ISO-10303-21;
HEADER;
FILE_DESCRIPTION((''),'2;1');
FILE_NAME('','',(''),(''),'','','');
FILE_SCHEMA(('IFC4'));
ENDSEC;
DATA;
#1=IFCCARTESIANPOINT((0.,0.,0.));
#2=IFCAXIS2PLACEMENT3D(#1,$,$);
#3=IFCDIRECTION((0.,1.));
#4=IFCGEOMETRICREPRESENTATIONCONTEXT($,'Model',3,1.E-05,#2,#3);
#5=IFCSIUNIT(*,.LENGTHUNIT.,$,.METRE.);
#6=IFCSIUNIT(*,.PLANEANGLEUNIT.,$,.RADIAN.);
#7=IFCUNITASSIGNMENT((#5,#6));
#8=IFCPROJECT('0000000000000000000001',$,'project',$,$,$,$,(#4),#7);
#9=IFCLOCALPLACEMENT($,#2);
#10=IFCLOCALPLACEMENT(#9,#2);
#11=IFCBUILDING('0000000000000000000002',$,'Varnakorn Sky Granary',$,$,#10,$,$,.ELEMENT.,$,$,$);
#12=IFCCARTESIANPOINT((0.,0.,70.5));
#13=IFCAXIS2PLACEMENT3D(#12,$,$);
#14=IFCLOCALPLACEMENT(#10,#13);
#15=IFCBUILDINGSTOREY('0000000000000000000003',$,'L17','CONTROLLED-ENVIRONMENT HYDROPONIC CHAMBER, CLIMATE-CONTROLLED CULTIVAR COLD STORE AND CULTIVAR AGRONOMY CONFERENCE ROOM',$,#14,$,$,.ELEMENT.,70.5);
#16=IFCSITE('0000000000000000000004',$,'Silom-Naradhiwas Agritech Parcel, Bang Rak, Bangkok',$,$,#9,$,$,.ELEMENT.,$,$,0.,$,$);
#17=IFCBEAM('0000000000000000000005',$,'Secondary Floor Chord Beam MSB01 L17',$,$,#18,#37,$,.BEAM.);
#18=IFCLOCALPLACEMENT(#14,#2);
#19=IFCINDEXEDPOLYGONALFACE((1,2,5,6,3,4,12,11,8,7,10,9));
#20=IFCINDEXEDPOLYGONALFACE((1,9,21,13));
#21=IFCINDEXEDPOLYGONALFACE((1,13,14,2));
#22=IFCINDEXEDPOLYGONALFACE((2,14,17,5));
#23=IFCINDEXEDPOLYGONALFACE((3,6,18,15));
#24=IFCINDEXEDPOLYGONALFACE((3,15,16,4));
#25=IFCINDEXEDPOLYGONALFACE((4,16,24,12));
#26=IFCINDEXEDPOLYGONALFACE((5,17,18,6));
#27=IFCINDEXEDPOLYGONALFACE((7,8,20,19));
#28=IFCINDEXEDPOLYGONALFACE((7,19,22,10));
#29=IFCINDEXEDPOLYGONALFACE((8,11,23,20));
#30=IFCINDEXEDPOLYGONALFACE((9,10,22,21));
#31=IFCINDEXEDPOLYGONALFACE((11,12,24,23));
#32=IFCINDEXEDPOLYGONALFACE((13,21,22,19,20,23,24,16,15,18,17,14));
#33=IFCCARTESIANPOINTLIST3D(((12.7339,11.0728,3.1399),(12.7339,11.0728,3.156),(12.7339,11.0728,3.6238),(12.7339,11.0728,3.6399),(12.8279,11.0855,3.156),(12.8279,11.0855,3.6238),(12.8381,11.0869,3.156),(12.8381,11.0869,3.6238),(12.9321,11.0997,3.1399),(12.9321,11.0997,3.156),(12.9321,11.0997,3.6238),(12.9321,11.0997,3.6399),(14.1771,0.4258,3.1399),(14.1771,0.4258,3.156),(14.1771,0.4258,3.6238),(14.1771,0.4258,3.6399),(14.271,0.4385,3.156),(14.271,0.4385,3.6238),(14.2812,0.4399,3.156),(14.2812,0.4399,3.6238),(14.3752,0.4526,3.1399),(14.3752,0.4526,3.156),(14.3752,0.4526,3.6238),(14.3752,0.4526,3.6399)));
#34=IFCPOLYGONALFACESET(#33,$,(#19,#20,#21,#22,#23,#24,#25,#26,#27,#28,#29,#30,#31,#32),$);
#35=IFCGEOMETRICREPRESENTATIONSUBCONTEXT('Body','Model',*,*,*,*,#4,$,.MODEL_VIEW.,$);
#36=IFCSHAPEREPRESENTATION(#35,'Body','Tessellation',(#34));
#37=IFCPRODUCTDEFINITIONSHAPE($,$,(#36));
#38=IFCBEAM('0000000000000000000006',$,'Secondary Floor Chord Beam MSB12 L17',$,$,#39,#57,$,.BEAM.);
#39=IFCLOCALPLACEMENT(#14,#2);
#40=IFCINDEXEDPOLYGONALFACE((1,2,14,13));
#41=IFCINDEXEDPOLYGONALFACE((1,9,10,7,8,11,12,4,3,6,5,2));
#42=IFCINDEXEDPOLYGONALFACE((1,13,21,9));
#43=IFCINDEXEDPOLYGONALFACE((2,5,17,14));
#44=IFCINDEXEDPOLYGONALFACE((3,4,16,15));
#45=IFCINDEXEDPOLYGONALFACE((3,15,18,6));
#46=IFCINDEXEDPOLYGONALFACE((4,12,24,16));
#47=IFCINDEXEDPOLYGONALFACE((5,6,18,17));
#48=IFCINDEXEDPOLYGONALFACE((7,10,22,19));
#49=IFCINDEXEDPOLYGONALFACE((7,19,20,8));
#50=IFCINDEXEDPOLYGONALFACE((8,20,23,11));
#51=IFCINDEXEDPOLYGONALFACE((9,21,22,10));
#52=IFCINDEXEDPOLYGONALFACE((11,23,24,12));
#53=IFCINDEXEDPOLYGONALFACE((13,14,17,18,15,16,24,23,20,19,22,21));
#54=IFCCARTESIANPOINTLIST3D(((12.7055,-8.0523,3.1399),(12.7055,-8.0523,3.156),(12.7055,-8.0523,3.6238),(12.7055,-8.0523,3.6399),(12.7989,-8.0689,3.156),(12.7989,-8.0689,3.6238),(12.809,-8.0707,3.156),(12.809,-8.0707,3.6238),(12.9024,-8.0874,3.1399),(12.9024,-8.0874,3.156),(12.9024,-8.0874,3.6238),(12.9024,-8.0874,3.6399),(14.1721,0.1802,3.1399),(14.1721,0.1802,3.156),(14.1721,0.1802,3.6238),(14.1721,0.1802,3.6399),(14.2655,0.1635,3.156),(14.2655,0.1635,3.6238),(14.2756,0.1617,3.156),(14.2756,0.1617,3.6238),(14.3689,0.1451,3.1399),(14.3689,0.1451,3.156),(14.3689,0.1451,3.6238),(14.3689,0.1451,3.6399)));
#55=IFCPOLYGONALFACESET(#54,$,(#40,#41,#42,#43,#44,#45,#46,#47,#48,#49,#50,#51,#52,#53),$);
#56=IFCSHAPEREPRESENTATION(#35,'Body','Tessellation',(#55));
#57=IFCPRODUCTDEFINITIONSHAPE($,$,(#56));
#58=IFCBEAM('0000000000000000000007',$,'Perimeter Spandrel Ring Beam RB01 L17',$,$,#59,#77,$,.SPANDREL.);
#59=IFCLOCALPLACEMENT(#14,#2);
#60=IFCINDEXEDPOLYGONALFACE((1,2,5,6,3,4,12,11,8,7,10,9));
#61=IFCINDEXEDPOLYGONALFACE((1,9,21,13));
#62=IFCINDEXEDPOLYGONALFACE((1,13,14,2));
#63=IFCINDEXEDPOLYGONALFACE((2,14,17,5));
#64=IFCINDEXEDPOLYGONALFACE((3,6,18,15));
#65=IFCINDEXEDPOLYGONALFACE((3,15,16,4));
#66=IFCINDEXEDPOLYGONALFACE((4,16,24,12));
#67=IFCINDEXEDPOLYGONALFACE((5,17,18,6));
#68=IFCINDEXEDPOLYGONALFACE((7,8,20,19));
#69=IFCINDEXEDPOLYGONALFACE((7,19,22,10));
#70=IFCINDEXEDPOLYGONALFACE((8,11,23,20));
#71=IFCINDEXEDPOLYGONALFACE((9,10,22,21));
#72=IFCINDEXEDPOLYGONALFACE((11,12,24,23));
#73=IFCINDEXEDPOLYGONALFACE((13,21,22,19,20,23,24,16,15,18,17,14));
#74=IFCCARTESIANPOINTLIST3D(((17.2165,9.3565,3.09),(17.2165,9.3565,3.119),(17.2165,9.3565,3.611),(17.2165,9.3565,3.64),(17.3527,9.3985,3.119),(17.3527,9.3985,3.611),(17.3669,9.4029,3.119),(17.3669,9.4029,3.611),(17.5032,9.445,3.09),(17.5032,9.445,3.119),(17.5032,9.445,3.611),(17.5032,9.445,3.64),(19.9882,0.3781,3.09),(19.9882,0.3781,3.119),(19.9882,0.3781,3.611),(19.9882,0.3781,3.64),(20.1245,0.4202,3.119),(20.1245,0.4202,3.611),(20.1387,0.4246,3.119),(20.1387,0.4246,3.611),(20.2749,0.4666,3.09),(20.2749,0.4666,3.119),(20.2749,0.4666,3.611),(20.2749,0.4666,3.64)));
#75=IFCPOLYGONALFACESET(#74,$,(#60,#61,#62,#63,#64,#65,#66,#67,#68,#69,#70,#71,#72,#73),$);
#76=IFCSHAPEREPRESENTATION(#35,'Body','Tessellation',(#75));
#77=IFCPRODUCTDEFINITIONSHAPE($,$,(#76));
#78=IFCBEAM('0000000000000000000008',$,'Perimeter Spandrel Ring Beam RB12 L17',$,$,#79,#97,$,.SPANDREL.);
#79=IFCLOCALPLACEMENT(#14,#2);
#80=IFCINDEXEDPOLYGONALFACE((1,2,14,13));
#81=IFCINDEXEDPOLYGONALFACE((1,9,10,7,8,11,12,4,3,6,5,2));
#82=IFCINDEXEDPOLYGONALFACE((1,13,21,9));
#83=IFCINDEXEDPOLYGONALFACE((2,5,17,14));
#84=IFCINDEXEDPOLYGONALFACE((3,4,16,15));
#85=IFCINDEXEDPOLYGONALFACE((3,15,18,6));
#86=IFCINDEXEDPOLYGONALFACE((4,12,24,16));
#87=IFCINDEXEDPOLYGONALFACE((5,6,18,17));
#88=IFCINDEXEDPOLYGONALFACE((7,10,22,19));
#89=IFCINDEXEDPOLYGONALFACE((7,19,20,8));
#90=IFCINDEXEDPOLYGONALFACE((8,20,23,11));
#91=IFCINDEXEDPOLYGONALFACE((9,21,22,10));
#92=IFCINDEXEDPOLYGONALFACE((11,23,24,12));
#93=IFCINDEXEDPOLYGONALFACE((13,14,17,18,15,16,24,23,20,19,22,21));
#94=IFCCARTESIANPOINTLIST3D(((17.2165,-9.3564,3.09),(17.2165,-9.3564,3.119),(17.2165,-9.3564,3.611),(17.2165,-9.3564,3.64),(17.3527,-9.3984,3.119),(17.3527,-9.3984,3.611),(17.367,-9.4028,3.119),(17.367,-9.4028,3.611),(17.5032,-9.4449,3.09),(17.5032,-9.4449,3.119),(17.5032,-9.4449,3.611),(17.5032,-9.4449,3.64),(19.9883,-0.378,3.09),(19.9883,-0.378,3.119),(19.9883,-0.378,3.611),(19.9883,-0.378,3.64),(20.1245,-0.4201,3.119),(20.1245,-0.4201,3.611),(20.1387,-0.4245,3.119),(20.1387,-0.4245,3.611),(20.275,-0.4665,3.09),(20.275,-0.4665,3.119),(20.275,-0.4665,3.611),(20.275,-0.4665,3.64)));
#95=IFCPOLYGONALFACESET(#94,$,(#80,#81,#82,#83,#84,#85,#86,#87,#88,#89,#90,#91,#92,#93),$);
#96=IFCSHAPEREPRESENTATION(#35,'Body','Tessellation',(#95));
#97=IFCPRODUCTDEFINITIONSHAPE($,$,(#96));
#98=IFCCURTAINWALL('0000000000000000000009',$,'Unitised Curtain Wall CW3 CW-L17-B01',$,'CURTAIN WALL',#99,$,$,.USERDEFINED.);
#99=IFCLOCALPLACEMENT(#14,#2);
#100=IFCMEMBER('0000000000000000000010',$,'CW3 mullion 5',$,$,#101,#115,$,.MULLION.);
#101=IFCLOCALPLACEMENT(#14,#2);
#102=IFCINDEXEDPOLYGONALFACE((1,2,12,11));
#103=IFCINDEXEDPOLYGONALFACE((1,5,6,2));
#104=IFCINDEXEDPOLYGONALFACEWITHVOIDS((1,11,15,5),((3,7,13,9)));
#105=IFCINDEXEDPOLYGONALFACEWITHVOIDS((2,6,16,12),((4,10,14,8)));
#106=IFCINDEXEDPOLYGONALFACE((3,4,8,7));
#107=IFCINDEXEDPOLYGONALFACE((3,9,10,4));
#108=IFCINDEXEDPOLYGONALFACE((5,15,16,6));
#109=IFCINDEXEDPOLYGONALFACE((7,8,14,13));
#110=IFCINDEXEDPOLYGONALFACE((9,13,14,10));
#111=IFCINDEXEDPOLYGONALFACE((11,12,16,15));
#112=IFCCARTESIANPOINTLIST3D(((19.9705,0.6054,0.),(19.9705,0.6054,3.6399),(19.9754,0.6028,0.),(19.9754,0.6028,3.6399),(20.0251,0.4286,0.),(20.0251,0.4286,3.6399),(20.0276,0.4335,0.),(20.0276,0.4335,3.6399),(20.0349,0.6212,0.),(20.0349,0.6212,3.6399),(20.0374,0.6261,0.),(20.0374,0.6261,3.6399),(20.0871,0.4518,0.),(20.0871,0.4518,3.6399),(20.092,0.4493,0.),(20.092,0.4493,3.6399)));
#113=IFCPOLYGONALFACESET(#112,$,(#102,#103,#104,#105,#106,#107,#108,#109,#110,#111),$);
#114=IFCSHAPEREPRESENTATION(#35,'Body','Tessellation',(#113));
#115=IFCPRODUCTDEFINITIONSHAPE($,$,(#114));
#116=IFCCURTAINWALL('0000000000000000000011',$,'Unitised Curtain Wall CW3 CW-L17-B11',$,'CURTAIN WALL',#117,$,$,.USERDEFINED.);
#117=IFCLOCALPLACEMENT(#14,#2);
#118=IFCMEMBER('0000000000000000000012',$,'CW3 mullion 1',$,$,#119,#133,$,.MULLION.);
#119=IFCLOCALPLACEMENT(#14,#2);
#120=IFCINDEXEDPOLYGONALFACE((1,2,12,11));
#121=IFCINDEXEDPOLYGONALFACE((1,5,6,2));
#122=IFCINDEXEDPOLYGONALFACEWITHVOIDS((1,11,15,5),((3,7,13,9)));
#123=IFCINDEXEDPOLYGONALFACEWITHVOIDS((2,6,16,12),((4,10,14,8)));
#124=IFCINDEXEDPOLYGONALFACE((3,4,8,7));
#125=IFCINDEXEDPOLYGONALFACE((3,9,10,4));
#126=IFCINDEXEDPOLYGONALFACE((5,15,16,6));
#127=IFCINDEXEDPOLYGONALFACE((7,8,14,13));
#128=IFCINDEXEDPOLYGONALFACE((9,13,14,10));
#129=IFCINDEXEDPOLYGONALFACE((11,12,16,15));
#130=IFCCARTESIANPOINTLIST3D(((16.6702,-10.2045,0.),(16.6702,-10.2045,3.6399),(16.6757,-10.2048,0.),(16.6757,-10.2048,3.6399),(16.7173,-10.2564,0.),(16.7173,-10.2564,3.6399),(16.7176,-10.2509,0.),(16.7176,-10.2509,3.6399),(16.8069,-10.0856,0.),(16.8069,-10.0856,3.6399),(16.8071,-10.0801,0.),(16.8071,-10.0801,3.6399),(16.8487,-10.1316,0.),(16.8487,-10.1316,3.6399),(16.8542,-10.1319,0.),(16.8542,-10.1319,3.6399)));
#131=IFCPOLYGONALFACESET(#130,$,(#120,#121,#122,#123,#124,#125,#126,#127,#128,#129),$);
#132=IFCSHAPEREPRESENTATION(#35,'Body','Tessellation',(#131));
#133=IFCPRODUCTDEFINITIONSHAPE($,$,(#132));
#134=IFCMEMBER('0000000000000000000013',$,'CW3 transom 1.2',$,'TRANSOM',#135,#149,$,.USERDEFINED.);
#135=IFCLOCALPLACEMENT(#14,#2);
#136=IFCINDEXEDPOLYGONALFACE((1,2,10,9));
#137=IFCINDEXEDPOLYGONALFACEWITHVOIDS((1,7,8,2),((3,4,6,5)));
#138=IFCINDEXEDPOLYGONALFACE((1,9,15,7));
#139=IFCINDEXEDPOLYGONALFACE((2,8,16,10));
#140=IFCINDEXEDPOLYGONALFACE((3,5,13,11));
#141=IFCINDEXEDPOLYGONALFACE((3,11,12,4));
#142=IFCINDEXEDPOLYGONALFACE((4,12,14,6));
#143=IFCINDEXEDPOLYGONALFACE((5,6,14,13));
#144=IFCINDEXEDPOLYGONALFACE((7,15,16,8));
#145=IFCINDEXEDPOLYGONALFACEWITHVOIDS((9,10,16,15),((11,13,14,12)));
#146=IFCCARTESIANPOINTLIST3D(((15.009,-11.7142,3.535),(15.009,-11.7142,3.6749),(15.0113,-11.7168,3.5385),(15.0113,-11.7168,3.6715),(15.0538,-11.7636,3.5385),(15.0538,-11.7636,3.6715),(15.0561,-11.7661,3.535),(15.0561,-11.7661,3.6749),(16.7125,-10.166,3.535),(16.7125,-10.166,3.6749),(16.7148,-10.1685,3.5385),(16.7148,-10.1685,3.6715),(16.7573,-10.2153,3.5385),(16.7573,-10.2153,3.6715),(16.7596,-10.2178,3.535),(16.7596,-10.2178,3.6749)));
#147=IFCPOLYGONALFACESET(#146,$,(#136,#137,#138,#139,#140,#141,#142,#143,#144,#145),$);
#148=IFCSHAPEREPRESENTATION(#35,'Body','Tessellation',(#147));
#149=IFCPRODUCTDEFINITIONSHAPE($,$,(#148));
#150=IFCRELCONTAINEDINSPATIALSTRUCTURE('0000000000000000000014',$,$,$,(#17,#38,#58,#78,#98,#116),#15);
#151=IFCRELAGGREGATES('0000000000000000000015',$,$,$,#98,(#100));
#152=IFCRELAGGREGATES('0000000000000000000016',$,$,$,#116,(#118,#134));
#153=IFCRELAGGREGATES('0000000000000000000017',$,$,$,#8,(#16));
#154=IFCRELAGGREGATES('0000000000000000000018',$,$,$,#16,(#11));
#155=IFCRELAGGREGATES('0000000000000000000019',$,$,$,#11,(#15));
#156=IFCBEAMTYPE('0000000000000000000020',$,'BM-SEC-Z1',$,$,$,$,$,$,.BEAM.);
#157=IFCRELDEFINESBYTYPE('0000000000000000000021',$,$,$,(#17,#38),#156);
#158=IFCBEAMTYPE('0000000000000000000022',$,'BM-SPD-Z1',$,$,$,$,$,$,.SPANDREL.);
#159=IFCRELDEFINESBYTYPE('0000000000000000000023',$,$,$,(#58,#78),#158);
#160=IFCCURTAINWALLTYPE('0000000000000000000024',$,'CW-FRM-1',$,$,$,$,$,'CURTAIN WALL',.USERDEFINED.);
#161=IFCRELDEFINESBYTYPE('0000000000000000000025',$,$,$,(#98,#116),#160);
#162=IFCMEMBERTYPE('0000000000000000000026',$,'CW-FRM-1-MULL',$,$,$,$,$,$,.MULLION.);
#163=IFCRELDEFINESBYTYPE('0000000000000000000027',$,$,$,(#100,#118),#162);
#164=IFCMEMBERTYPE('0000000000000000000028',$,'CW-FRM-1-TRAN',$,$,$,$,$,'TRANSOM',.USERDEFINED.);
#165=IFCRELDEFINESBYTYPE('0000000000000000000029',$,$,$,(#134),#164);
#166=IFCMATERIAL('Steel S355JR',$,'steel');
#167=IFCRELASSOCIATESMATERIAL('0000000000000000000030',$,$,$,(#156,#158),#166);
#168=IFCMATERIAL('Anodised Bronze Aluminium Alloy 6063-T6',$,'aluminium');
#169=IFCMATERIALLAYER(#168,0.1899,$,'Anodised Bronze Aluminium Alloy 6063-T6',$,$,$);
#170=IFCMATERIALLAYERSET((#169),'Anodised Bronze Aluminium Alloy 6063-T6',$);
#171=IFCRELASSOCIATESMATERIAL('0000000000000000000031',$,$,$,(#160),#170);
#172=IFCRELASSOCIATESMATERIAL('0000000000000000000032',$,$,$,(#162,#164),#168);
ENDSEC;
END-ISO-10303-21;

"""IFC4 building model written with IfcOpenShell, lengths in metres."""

from ifc_helpers import new_model, si_unit, direction, frame, origin, origin_2d, place, context, subcontext, project, spatial, hollow_rectangle, i_section, extrude, material, layer, layer_set, material_profile, profile_set, type_object, element, aggregate, save


model = new_model("IFC4")

# Units and contexts
model_context = context("Model", 3, precision=1e-05, world=origin(), true_north=direction((0.0, 1.0)))
body_context = subcontext(model_context, "Body", "Model", "MODEL_VIEW")
ifc_project = project(units=[si_unit("LENGTHUNIT", "METRE"), si_unit("PLANEANGLEUNIT", "RADIAN")], contexts=[model_context])

# Site, building, storey
site_placement = place(None, origin())
site = spatial("IfcSite", under=ifc_project, at=site_placement, Name="Silom-Naradhiwas Agritech Parcel, Bang Rak, Bangkok", CompositionType="ELEMENT", RefElevation=0.0)
building_placement = place(site_placement, origin())
building = spatial("IfcBuilding", under=site, at=building_placement, Name="Varnakorn Sky Granary", CompositionType="ELEMENT")
storey_placement = place(building_placement, frame((0.0, 0.0, 70.5)))
storey = spatial("IfcBuildingStorey", under=building, at=storey_placement, Name="L17", Description="CONTROLLED-ENVIRONMENT HYDROPONIC CHAMBER, CLIMATE-CONTROLLED CULTIVAR COLD STORE AND CULTIVAR AGRONOMY CONFERENCE ROOM", CompositionType="ELEMENT", Elevation=70.5)

# Beams
ifc_material_1 = material(Name="Steel S355JR", Category="steel")
ifc_material_profile_1 = material_profile(ifc_material_1, i_section(OverallWidth=0.2, OverallDepth=0.5, WebThickness=0.0103, FlangeThickness=0.0161, at=origin_2d()), Name="IPE 500")
ifc_profile_set_1 = profile_set([ifc_material_profile_1], Name="Steel S355JR")
beam_type_1 = type_object("IfcBeamType", Name="BM-SEC-Z1", PredefinedType="BEAM", material=ifc_profile_set_1)
beam_1_placement = place(storey_placement, frame((14.2761, 0.4392, 3.3899), z_axis=(-0.134314, 0.990939, 0.0), x_axis=(-0.990939, -0.134314, 0.0)))
element("IfcBeam", 1, at=beam_1_placement, inside=storey, type_object=beam_type_1, Name="Secondary Floor Chord Beam MSB01 L17", PredefinedType="BEAM", context=body_context, shape_type="SweptSolid", body=[
    extrude(i_section(OverallWidth=0.2, OverallDepth=0.5, WebThickness=0.0103, FlangeThickness=0.0161, at=origin_2d()), origin(), (0.0, 0.0, 1.0), 10.7444),
])
beam_2_placement = place(storey_placement, frame((12.804, -8.0698, 3.3899), z_axis=(0.175382, 0.9845, 0.0), x_axis=(-0.9845, 0.175382, 0.0)))
element("IfcBeam", 2, at=beam_2_placement, inside=storey, type_object=beam_type_1, Name="Secondary Floor Chord Beam MSB12 L17", PredefinedType="BEAM", context=body_context, shape_type="SweptSolid", body=[
    extrude(i_section(OverallWidth=0.2, OverallDepth=0.5, WebThickness=0.0103, FlangeThickness=0.0161, at=origin_2d()), origin(), (0.0, 0.0, 1.0), 8.3621),
])
ifc_material_profile_2 = material_profile(ifc_material_1, i_section(OverallWidth=0.3, OverallDepth=0.55, WebThickness=0.0149, FlangeThickness=0.0291, at=origin_2d()), Name="HE 550 B")
ifc_profile_set_2 = profile_set([ifc_material_profile_2], Name="Steel S355JR")
beam_type_2 = type_object("IfcBeamType", Name="BM-SPD-Z1", PredefinedType="SPANDREL", material=ifc_profile_set_2)
for number, where, z_axis, x_axis, name in (
    (3, (20.1316, 0.4224, 3.365), (-0.294979, 0.955504, 0.0), (-0.955504, -0.294979, 0.0), "Perimeter Spandrel Ring Beam RB01 L17"),
    (4, (17.3599, -9.4006, 3.365), (0.294979, 0.955504, 0.0), (-0.955504, 0.294979, 0.0), "Perimeter Spandrel Ring Beam RB12 L17"),
):
    element("IfcBeam", number, at=place(storey_placement, frame(where, z_axis=z_axis, x_axis=x_axis)), inside=storey, type_object=beam_type_2, Name=name, PredefinedType="SPANDREL", context=body_context, shape_type="SweptSolid", body=[
        extrude(i_section(OverallWidth=0.3, OverallDepth=0.55, WebThickness=0.0149, FlangeThickness=0.0291, at=origin_2d()), origin(), (0.0, 0.0, 1.0), 9.3965),
    ])

# Curtain wall, member
ifc_material_2 = material(Name="Anodised Bronze Aluminium Alloy 6063-T6", Category="aluminium")
ifc_layer_1 = layer(ifc_material_2, 0.1899, Name="Anodised Bronze Aluminium Alloy 6063-T6")
ifc_layer_set_1 = layer_set([ifc_layer_1], Name="Anodised Bronze Aluminium Alloy 6063-T6")
curtain_wall_type = type_object("IfcCurtainWallType", Name="CW-FRM-1", ElementType="CURTAIN WALL", PredefinedType="USERDEFINED", material=ifc_layer_set_1)
curtain_wall_1_placement = place(storey_placement, origin())
curtain_wall_1 = element("IfcCurtainWall", 5, at=curtain_wall_1_placement, inside=storey, type_object=curtain_wall_type, Name="Unitised Curtain Wall CW3 CW-L17-B01", ObjectType="CURTAIN WALL", PredefinedType="USERDEFINED")
ifc_material_profile_3 = material_profile(ifc_material_2, hollow_rectangle(XDim=0.0701, YDim=0.1851, WallThickness=0.0039, at=origin_2d()), Name="ALU MULL 70x185")
ifc_profile_set_3 = profile_set([ifc_material_profile_3], Name="Anodised Bronze Aluminium Alloy 6063-T6")
member_type_1 = type_object("IfcMemberType", Name="CW-FRM-1-MULL", PredefinedType="MULLION", material=ifc_profile_set_3)
member_1_placement = place(storey_placement, frame((20.0312, 0.5273, 0.0), z_axis=(0.0, 0.0, 1.0), x_axis=(0.955537, 0.294872, 0.0)))
member_1 = element("IfcMember", 6, at=member_1_placement, type_object=member_type_1, Name="CW3 mullion 5", PredefinedType="MULLION", context=body_context, shape_type="SweptSolid", body=[
    extrude(hollow_rectangle(XDim=0.0701, YDim=0.1851, WallThickness=0.0039, at=origin_2d()), origin(), (0.0, 0.0, 1.0), 3.6399),
])
aggregate(curtain_wall_1, [member_1])

# Curtain wall, members
curtain_wall_2_placement = place(storey_placement, origin())
curtain_wall_2 = element("IfcCurtainWall", 7, at=curtain_wall_2_placement, inside=storey, type_object=curtain_wall_type, Name="Unitised Curtain Wall CW3 CW-L17-B11", ObjectType="CURTAIN WALL", PredefinedType="USERDEFINED")
member_2_placement = place(storey_placement, frame((16.7622, -10.1682, 0.0), z_axis=(0.0, 0.0, 1.0), x_axis=(0.672582, -0.740022, 0.0)))
member_2 = element("IfcMember", 8, at=member_2_placement, type_object=member_type_1, Name="CW3 mullion 1", PredefinedType="MULLION", context=body_context, shape_type="SweptSolid", body=[
    extrude(hollow_rectangle(XDim=0.0701, YDim=0.1851, WallThickness=0.0039, at=origin_2d()), origin(), (0.0, 0.0, 1.0), 3.6399),
])
ifc_material_profile_4 = material_profile(ifc_material_2, hollow_rectangle(XDim=0.0701, YDim=0.1399, WallThickness=0.0034, at=origin_2d()), Name="ALU TRAN 70x140")
ifc_profile_set_4 = profile_set([ifc_material_profile_4], Name="Anodised Bronze Aluminium Alloy 6063-T6")
member_type_2 = type_object("IfcMemberType", Name="CW-FRM-1-TRAN", ElementType="TRANSOM", PredefinedType="USERDEFINED", material=ifc_profile_set_4)
member_3_placement = place(storey_placement, frame((16.7361, -10.1919, 3.605), z_axis=(-0.740026, -0.672578, 0.0), x_axis=(0.672578, -0.740026, 0.0)))
member_3 = element("IfcMember", 9, at=member_3_placement, type_object=member_type_2, Name="CW3 transom 1.2", ObjectType="TRANSOM", PredefinedType="USERDEFINED", context=body_context, shape_type="SweptSolid", body=[
    extrude(hollow_rectangle(XDim=0.0701, YDim=0.1399, WallThickness=0.0034, at=origin_2d()), origin(), (0.0, 0.0, 1.0), 2.302),
])
aggregate(curtain_wall_2, [member_2, member_3])

save(model, "model.ifc")
